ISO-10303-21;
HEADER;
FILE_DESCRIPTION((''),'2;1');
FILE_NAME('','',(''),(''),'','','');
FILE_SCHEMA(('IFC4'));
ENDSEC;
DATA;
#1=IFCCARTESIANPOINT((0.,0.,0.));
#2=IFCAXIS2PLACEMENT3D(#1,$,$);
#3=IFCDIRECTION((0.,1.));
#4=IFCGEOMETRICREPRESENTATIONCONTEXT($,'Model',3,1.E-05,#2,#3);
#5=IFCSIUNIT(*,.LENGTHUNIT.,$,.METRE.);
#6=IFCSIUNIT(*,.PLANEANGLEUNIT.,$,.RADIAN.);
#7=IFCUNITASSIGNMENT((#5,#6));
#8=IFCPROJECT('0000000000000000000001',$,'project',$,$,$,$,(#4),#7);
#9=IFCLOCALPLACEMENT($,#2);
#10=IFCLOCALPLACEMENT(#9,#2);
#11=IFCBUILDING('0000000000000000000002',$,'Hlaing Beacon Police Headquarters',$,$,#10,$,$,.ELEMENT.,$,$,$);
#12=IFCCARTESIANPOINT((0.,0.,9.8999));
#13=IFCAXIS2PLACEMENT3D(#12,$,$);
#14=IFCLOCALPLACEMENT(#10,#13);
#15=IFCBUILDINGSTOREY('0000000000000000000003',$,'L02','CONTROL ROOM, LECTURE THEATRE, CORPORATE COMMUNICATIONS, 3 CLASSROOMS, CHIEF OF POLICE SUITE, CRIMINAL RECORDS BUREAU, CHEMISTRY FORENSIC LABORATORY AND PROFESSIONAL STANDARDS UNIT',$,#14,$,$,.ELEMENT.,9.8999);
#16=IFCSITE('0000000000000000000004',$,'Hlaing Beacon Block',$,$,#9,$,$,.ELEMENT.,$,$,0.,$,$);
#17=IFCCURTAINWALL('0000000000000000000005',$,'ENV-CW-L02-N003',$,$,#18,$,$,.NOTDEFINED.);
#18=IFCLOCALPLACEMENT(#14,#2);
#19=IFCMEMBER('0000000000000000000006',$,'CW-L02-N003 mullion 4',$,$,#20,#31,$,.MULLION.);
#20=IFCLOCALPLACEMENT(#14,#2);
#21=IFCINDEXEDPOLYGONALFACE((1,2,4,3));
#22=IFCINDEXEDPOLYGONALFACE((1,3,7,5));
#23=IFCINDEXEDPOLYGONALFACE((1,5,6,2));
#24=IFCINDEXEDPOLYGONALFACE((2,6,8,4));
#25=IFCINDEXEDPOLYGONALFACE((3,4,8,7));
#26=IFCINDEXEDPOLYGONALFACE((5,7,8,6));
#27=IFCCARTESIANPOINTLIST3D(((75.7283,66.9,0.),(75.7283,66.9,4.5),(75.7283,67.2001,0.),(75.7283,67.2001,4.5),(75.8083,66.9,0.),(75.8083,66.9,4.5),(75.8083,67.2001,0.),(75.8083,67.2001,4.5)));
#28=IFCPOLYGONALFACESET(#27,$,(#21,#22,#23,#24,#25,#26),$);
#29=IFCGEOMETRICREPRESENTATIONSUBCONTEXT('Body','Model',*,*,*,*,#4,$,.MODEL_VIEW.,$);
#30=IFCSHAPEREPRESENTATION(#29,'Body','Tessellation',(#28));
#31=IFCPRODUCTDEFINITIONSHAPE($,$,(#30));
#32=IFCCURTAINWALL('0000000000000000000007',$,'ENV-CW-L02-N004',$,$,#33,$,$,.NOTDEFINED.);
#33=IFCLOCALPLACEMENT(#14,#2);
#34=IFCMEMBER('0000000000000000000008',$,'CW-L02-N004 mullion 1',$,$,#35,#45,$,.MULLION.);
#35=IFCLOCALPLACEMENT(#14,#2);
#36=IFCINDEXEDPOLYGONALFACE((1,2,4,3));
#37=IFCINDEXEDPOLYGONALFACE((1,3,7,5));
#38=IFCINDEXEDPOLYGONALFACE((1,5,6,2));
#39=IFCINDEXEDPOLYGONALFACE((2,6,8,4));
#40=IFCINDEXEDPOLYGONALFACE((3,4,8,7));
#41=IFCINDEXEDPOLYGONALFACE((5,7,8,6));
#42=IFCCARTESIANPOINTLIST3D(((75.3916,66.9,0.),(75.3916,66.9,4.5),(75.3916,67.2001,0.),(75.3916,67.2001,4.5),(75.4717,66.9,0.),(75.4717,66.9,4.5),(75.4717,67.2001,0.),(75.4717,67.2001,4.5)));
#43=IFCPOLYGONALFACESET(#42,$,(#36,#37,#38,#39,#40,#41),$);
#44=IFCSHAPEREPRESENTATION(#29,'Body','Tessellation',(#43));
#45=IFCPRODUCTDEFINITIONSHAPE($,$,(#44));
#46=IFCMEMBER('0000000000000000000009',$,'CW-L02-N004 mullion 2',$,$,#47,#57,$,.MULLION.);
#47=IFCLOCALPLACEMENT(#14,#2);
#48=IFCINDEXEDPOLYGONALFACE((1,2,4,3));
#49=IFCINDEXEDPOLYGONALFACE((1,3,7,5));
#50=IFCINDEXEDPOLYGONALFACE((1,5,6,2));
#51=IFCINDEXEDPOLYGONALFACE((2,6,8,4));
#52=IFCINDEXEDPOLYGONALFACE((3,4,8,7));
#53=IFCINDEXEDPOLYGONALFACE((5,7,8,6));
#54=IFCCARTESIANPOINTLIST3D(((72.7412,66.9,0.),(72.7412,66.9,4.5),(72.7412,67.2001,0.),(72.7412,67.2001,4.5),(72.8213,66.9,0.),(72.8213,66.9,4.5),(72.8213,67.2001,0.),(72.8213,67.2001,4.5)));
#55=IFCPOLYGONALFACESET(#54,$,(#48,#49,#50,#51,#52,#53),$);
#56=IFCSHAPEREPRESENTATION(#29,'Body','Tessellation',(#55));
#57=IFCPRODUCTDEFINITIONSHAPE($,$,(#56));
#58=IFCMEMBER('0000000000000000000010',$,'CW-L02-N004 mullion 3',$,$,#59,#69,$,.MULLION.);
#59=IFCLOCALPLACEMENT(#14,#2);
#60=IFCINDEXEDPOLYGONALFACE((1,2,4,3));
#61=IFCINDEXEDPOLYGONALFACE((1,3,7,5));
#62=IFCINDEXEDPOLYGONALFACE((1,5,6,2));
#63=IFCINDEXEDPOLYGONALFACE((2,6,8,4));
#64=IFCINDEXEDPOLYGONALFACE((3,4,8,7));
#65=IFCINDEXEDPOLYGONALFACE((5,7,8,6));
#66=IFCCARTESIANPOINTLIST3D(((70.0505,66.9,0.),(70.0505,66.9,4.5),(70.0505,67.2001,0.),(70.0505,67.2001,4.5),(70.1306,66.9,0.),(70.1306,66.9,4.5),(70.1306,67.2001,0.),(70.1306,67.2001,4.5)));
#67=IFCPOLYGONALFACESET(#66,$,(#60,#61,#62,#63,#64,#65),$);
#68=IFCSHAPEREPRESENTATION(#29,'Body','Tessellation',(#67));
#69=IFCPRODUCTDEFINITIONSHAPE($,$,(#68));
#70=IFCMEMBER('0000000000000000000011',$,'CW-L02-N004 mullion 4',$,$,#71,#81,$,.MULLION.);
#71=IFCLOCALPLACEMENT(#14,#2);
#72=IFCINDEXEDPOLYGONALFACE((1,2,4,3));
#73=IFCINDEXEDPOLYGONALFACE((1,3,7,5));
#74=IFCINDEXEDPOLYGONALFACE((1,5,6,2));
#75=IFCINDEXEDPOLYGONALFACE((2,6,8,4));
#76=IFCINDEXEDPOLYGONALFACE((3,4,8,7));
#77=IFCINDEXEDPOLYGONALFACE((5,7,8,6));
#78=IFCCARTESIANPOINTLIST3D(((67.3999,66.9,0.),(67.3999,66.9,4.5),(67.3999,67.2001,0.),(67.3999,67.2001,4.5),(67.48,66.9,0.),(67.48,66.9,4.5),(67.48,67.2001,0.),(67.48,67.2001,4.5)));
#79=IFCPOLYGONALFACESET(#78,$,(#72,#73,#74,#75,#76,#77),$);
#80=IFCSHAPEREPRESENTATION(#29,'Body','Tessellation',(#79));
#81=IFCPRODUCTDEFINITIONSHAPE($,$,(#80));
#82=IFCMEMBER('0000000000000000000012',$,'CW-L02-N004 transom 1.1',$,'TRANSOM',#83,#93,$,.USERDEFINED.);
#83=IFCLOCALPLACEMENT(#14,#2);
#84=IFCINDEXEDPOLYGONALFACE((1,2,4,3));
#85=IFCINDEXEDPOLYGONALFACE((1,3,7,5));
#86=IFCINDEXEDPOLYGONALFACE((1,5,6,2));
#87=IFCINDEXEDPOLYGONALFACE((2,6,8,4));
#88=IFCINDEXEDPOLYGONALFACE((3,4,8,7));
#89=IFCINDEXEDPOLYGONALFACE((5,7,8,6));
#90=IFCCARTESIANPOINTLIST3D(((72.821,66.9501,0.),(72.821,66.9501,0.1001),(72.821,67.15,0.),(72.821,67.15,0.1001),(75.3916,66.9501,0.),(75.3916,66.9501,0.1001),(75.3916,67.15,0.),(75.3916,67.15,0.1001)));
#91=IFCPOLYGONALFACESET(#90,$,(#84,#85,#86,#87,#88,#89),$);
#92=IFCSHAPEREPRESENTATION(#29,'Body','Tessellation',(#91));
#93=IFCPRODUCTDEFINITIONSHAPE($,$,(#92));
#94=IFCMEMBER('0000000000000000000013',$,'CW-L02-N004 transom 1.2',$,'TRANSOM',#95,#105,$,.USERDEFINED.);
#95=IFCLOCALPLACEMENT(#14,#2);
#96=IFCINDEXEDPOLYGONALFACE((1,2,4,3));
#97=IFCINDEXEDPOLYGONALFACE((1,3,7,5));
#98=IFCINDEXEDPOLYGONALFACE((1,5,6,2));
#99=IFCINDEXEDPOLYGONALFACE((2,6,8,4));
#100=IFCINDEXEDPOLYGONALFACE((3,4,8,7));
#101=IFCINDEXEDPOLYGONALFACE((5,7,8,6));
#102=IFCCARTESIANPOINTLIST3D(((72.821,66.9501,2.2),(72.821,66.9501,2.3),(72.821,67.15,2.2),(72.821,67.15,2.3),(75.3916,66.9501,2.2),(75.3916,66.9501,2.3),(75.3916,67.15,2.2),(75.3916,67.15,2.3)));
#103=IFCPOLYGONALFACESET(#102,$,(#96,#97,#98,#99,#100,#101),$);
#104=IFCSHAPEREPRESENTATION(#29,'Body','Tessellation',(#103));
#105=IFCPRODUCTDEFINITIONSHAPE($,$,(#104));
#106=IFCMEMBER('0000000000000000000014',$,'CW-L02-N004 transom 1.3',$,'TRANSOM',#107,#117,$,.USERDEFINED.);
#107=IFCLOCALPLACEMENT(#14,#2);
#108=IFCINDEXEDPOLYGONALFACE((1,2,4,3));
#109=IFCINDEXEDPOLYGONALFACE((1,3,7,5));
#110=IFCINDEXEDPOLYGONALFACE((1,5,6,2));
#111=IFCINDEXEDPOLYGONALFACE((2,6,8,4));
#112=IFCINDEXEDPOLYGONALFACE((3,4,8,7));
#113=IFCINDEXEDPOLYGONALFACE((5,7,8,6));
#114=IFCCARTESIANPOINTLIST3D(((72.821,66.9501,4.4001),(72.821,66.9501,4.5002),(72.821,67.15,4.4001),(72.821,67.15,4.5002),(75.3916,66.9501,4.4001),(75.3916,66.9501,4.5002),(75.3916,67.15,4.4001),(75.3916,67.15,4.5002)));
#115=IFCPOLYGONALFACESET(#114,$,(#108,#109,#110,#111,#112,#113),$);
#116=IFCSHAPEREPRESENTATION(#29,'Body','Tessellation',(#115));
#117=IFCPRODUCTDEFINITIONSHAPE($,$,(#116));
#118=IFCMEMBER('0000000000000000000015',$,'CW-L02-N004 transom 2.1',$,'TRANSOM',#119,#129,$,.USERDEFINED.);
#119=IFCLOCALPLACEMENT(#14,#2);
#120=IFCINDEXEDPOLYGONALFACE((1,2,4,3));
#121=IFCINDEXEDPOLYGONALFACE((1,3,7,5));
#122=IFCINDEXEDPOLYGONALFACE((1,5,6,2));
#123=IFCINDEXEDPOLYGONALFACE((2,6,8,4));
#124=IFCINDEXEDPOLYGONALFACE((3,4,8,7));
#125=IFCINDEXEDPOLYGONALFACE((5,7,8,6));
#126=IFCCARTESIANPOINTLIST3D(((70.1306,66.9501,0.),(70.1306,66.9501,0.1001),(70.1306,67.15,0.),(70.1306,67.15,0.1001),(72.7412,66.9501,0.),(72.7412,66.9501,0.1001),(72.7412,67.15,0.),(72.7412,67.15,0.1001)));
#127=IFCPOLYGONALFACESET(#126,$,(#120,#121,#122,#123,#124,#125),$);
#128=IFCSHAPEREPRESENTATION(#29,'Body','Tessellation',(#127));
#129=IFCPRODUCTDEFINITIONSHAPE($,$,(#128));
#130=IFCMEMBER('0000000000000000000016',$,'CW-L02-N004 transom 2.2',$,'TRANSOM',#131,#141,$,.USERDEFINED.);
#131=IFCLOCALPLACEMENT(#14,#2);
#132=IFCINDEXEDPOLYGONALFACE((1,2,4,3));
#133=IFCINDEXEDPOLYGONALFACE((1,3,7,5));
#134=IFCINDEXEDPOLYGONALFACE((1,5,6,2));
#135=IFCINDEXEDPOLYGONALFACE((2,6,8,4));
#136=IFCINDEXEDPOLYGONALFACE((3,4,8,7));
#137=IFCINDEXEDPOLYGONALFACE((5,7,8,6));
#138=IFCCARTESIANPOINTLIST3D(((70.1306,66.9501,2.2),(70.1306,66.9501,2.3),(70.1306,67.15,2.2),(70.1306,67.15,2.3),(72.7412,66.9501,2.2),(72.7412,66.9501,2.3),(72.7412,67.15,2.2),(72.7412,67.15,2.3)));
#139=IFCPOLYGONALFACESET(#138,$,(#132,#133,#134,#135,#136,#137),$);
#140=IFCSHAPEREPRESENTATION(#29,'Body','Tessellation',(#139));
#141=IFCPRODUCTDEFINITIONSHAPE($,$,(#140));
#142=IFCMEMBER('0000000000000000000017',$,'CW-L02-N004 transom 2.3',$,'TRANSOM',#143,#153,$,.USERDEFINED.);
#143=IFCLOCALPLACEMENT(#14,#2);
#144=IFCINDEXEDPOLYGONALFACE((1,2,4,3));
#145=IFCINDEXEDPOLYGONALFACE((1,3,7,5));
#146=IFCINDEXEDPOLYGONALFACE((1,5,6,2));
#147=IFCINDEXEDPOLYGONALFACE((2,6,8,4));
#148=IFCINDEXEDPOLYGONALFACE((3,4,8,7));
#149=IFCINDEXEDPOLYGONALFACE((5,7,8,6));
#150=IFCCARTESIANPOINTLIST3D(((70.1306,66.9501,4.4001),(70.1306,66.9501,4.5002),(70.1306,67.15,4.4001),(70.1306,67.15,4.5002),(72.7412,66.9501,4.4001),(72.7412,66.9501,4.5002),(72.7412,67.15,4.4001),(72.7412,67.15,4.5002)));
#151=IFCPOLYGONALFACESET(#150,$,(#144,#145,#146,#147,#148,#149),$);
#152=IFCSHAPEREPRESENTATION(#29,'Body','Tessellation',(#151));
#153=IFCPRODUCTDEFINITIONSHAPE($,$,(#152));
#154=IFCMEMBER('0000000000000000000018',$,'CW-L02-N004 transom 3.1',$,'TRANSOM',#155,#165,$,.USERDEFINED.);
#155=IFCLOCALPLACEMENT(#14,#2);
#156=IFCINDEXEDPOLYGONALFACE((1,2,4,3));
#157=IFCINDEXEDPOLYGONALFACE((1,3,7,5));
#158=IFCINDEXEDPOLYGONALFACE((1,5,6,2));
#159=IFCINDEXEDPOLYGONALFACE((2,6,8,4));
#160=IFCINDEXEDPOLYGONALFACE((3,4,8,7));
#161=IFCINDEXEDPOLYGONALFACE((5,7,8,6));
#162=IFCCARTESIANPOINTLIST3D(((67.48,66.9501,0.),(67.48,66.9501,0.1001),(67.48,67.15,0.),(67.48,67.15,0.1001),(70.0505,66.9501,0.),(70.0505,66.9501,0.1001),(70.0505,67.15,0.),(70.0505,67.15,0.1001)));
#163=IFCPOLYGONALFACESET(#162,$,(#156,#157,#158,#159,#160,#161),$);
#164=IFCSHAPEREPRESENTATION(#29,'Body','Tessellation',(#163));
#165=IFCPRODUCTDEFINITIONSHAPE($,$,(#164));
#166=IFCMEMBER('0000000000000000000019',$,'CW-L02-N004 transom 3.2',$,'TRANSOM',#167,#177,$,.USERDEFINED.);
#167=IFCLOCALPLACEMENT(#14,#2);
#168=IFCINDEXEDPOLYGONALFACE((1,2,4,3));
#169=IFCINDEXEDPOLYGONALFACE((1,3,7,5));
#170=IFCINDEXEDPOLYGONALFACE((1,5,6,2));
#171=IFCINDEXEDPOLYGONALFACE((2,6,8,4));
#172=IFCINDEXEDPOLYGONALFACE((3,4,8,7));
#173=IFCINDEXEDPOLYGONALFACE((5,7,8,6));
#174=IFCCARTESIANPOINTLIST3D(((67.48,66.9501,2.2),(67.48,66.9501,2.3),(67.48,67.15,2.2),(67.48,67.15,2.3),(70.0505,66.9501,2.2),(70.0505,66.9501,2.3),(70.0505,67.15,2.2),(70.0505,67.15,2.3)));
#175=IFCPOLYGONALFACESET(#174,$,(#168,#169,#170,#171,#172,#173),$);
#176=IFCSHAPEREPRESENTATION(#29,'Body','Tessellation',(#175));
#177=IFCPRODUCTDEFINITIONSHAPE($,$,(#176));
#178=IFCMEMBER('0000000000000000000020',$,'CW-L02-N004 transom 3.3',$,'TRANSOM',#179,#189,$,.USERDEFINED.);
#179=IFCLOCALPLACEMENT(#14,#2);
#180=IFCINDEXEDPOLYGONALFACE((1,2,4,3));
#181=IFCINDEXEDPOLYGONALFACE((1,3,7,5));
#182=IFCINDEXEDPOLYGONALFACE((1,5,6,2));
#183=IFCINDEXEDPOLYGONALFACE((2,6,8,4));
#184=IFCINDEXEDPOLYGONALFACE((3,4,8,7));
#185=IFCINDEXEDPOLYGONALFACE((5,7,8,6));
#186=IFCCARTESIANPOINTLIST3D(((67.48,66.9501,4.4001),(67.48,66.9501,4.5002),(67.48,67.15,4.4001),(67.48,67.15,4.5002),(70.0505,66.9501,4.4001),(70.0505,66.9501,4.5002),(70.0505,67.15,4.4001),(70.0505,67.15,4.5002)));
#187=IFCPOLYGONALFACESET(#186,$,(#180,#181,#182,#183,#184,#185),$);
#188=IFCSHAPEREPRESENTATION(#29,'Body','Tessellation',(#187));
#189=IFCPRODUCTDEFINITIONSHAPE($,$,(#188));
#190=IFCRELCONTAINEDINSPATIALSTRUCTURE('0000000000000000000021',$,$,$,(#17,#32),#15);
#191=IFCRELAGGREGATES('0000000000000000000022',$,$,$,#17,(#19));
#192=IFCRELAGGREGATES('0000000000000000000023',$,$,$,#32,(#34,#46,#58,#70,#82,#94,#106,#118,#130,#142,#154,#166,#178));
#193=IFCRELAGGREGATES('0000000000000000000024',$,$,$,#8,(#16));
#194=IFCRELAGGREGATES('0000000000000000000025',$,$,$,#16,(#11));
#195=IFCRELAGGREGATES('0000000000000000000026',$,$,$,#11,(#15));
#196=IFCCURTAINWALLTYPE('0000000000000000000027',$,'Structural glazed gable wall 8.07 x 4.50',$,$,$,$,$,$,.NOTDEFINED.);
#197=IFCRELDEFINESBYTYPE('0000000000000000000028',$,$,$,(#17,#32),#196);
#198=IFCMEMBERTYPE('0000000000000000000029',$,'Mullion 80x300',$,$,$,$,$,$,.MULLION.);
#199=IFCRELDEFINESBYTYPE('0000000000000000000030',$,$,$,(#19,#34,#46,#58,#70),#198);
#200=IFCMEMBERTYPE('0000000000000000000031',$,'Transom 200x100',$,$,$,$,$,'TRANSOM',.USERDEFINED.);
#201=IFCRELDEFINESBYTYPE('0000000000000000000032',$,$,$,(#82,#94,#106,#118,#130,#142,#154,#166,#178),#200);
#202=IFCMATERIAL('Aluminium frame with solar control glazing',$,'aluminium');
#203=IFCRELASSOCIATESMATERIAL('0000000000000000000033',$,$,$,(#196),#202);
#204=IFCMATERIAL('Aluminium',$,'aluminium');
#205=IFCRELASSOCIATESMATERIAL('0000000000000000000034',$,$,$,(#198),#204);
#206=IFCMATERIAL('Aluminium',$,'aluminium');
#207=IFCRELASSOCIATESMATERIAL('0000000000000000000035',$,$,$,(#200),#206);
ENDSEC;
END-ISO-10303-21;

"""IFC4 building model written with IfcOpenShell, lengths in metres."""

from ifc_helpers import new_model, si_unit, direction, frame, origin, origin_2d, place, context, subcontext, project, spatial, rectangle, extrude, material, material_profile, profile_set, type_object, element, aggregate, save


model = new_model("IFC4")

# Units and contexts
model_context = context("Model", 3, precision=1e-05, world=origin(), true_north=direction((0.0, 1.0)))
body_context = subcontext(model_context, "Body", "Model", "MODEL_VIEW")
ifc_project = project(units=[si_unit("LENGTHUNIT", "METRE"), si_unit("PLANEANGLEUNIT", "RADIAN")], contexts=[model_context])

# Site, building, storey
site_placement = place(None, origin())
site = spatial("IfcSite", under=ifc_project, at=site_placement, Name="Hlaing Beacon Block", CompositionType="ELEMENT", RefElevation=0.0)
building_placement = place(site_placement, origin())
building = spatial("IfcBuilding", under=site, at=building_placement, Name="Hlaing Beacon Police Headquarters", CompositionType="ELEMENT")
storey_placement = place(building_placement, frame((0.0, 0.0, 9.8999)))
storey = spatial("IfcBuildingStorey", under=building, at=storey_placement, Name="L02", Description="CONTROL ROOM, LECTURE THEATRE, CORPORATE COMMUNICATIONS, 3 CLASSROOMS, CHIEF OF POLICE SUITE, CRIMINAL RECORDS BUREAU, CHEMISTRY FORENSIC LABORATORY AND PROFESSIONAL STANDARDS UNIT", CompositionType="ELEMENT", Elevation=9.8999)

# Curtain wall, member
ifc_material_1 = material(Name="Aluminium frame with solar control glazing", Category="aluminium")
curtain_wall_type = type_object("IfcCurtainWallType", Name="Structural glazed gable wall 8.07 x 4.50", PredefinedType="NOTDEFINED", material=ifc_material_1)
curtain_wall_1_placement = place(storey_placement, origin())
curtain_wall_1 = element("IfcCurtainWall", 1, at=curtain_wall_1_placement, inside=storey, type_object=curtain_wall_type, Name="ENV-CW-L02-N003", PredefinedType="NOTDEFINED")
ifc_material_2 = material(Name="Aluminium", Category="aluminium")
ifc_material_profile_1 = material_profile(ifc_material_2, rectangle(XDim=0.3, YDim=0.0801, at=origin_2d()), Name="Mullion 80x300")
ifc_profile_set_1 = profile_set([ifc_material_profile_1], Name="Aluminium")
member_type_1 = type_object("IfcMemberType", Name="Mullion 80x300", PredefinedType="MULLION", material=ifc_profile_set_1)
member_1_placement = place(storey_placement, frame((75.7683, 67.05, 0.0), z_axis=(0.0, 0.0, 1.0), x_axis=(0.0, -1.0, 0.0)))
member_1 = element("IfcMember", 2, at=member_1_placement, type_object=member_type_1, Name="CW-L02-N003 mullion 4", PredefinedType="MULLION", context=body_context, shape_type="SweptSolid", body=[
    extrude(rectangle(XDim=0.3, YDim=0.0801, at=origin_2d()), origin(), (0.0, 0.0, 1.0), 4.5),
])

# Curtain wall, members
curtain_wall_2_placement = place(storey_placement, origin())
curtain_wall_2 = element("IfcCurtainWall", 3, at=curtain_wall_2_placement, inside=storey, type_object=curtain_wall_type, Name="ENV-CW-L02-N004", PredefinedType="NOTDEFINED")
member_2_placement = place(storey_placement, frame((75.4316, 67.05, 0.0), z_axis=(0.0, 0.0, 1.0), x_axis=(0.0, -1.0, 0.0)))
member_2 = element("IfcMember", 4, at=member_2_placement, type_object=member_type_1, Name="CW-L02-N004 mullion 1", PredefinedType="MULLION", context=body_context, shape_type="SweptSolid", body=[
    extrude(rectangle(XDim=0.3, YDim=0.0801, at=origin_2d()), origin(), (0.0, 0.0, 1.0), 4.5),
])
member_3_placement = place(storey_placement, frame((72.7812, 67.05, 0.0), z_axis=(0.0, 0.0, 1.0), x_axis=(0.0, -1.0, 0.0)))
member_3 = element("IfcMember", 5, at=member_3_placement, type_object=member_type_1, Name="CW-L02-N004 mullion 2", PredefinedType="MULLION", context=body_context, shape_type="SweptSolid", body=[
    extrude(rectangle(XDim=0.3, YDim=0.0801, at=origin_2d()), origin(), (0.0, 0.0, 1.0), 4.5),
])
member_4_placement = place(storey_placement, frame((70.0906, 67.05, 0.0), z_axis=(0.0, 0.0, 1.0), x_axis=(0.0, -1.0, 0.0)))
member_4 = element("IfcMember", 6, at=member_4_placement, type_object=member_type_1, Name="CW-L02-N004 mullion 3", PredefinedType="MULLION", context=body_context, shape_type="SweptSolid", body=[
    extrude(rectangle(XDim=0.3, YDim=0.0801, at=origin_2d()), origin(), (0.0, 0.0, 1.0), 4.5),
])
member_5_placement = place(storey_placement, frame((67.4399, 67.05, 0.0), z_axis=(0.0, 0.0, 1.0), x_axis=(0.0, -1.0, 0.0)))
member_5 = element("IfcMember", 7, at=member_5_placement, type_object=member_type_1, Name="CW-L02-N004 mullion 4", PredefinedType="MULLION", context=body_context, shape_type="SweptSolid", body=[
    extrude(rectangle(XDim=0.3, YDim=0.0801, at=origin_2d()), origin(), (0.0, 0.0, 1.0), 4.5),
])
ifc_material_3 = material(Name="Aluminium", Category="aluminium")
ifc_material_profile_2 = material_profile(ifc_material_3, rectangle(XDim=0.2, YDim=0.1001, at=origin_2d()), Name="Transom 200x100")
ifc_profile_set_2 = profile_set([ifc_material_profile_2], Name="Aluminium")
member_type_2 = type_object("IfcMemberType", Name="Transom 200x100", ElementType="TRANSOM", PredefinedType="USERDEFINED", material=ifc_profile_set_2)
member_6_placement = place(storey_placement, frame((75.3916, 67.05, 0.05), z_axis=(-1.0, 0.0, 0.0), x_axis=(0.0, -1.0, 0.0)))
member_6 = element("IfcMember", 8, at=member_6_placement, type_object=member_type_2, Name="CW-L02-N004 transom 1.1", ObjectType="TRANSOM", PredefinedType="USERDEFINED", context=body_context, shape_type="SweptSolid", body=[
    extrude(rectangle(XDim=0.2, YDim=0.1001, at=origin_2d()), origin(), (0.0, 0.0, 1.0), 2.5706),
])
member_7_placement = place(storey_placement, frame((75.3916, 67.05, 2.25), z_axis=(-1.0, 0.0, 0.0), x_axis=(0.0, -1.0, 0.0)))
member_7 = element("IfcMember", 9, at=member_7_placement, type_object=member_type_2, Name="CW-L02-N004 transom 1.2", ObjectType="TRANSOM", PredefinedType="USERDEFINED", context=body_context, shape_type="SweptSolid", body=[
    extrude(rectangle(XDim=0.2, YDim=0.1001, at=origin_2d()), origin(), (0.0, 0.0, 1.0), 2.5706),
])
member_8_placement = place(storey_placement, frame((75.3916, 67.05, 4.4502), z_axis=(-1.0, 0.0, 0.0), x_axis=(0.0, -1.0, 0.0)))
member_8 = element("IfcMember", 10, at=member_8_placement, type_object=member_type_2, Name="CW-L02-N004 transom 1.3", ObjectType="TRANSOM", PredefinedType="USERDEFINED", context=body_context, shape_type="SweptSolid", body=[
    extrude(rectangle(XDim=0.2, YDim=0.1001, at=origin_2d()), origin(), (0.0, 0.0, 1.0), 2.5706),
])
member_9_placement = place(storey_placement, frame((72.7412, 67.05, 0.05), z_axis=(-1.0, 0.0, 0.0), x_axis=(0.0, -1.0, 0.0)))
member_9 = element("IfcMember", 11, at=member_9_placement, type_object=member_type_2, Name="CW-L02-N004 transom 2.1", ObjectType="TRANSOM", PredefinedType="USERDEFINED", context=body_context, shape_type="SweptSolid", body=[
    extrude(rectangle(XDim=0.2, YDim=0.1001, at=origin_2d()), origin(), (0.0, 0.0, 1.0), 2.6106),
])
member_10_placement = place(storey_placement, frame((72.7412, 67.05, 2.25), z_axis=(-1.0, 0.0, 0.0), x_axis=(0.0, -1.0, 0.0)))
member_10 = element("IfcMember", 12, at=member_10_placement, type_object=member_type_2, Name="CW-L02-N004 transom 2.2", ObjectType="TRANSOM", PredefinedType="USERDEFINED", context=body_context, shape_type="SweptSolid", body=[
    extrude(rectangle(XDim=0.2, YDim=0.1001, at=origin_2d()), origin(), (0.0, 0.0, 1.0), 2.6106),
])
member_11_placement = place(storey_placement, frame((72.7412, 67.05, 4.4502), z_axis=(-1.0, 0.0, 0.0), x_axis=(0.0, -1.0, 0.0)))
member_11 = element("IfcMember", 13, at=member_11_placement, type_object=member_type_2, Name="CW-L02-N004 transom 2.3", ObjectType="TRANSOM", PredefinedType="USERDEFINED", context=body_context, shape_type="SweptSolid", body=[
    extrude(rectangle(XDim=0.2, YDim=0.1001, at=origin_2d()), origin(), (0.0, 0.0, 1.0), 2.6106),
])
member_12_placement = place(storey_placement, frame((70.0505, 67.05, 0.05), z_axis=(-1.0, 0.0, 0.0), x_axis=(0.0, -1.0, 0.0)))
member_12 = element("IfcMember", 14, at=member_12_placement, type_object=member_type_2, Name="CW-L02-N004 transom 3.1", ObjectType="TRANSOM", PredefinedType="USERDEFINED", context=body_context, shape_type="SweptSolid", body=[
    extrude(rectangle(XDim=0.2, YDim=0.1001, at=origin_2d()), origin(), (0.0, 0.0, 1.0), 2.5706),
])
member_13_placement = place(storey_placement, frame((70.0505, 67.05, 2.25), z_axis=(-1.0, 0.0, 0.0), x_axis=(0.0, -1.0, 0.0)))
member_13 = element("IfcMember", 15, at=member_13_placement, type_object=member_type_2, Name="CW-L02-N004 transom 3.2", ObjectType="TRANSOM", PredefinedType="USERDEFINED", context=body_context, shape_type="SweptSolid", body=[
    extrude(rectangle(XDim=0.2, YDim=0.1001, at=origin_2d()), origin(), (0.0, 0.0, 1.0), 2.5706),
])
member_14_placement = place(storey_placement, frame((70.0505, 67.05, 4.4502), z_axis=(-1.0, 0.0, 0.0), x_axis=(0.0, -1.0, 0.0)))
member_14 = element("IfcMember", 16, at=member_14_placement, type_object=member_type_2, Name="CW-L02-N004 transom 3.3", ObjectType="TRANSOM", PredefinedType="USERDEFINED", context=body_context, shape_type="SweptSolid", body=[
    extrude(rectangle(XDim=0.2, YDim=0.1001, at=origin_2d()), origin(), (0.0, 0.0, 1.0), 2.5706),
])

aggregate(curtain_wall_1, [member_1])
aggregate(curtain_wall_2, [member_2, member_3, member_4, member_5, member_6, member_7, member_8, member_9, member_10, member_11, member_12, member_13, member_14])

save(model, "model.ifc")
